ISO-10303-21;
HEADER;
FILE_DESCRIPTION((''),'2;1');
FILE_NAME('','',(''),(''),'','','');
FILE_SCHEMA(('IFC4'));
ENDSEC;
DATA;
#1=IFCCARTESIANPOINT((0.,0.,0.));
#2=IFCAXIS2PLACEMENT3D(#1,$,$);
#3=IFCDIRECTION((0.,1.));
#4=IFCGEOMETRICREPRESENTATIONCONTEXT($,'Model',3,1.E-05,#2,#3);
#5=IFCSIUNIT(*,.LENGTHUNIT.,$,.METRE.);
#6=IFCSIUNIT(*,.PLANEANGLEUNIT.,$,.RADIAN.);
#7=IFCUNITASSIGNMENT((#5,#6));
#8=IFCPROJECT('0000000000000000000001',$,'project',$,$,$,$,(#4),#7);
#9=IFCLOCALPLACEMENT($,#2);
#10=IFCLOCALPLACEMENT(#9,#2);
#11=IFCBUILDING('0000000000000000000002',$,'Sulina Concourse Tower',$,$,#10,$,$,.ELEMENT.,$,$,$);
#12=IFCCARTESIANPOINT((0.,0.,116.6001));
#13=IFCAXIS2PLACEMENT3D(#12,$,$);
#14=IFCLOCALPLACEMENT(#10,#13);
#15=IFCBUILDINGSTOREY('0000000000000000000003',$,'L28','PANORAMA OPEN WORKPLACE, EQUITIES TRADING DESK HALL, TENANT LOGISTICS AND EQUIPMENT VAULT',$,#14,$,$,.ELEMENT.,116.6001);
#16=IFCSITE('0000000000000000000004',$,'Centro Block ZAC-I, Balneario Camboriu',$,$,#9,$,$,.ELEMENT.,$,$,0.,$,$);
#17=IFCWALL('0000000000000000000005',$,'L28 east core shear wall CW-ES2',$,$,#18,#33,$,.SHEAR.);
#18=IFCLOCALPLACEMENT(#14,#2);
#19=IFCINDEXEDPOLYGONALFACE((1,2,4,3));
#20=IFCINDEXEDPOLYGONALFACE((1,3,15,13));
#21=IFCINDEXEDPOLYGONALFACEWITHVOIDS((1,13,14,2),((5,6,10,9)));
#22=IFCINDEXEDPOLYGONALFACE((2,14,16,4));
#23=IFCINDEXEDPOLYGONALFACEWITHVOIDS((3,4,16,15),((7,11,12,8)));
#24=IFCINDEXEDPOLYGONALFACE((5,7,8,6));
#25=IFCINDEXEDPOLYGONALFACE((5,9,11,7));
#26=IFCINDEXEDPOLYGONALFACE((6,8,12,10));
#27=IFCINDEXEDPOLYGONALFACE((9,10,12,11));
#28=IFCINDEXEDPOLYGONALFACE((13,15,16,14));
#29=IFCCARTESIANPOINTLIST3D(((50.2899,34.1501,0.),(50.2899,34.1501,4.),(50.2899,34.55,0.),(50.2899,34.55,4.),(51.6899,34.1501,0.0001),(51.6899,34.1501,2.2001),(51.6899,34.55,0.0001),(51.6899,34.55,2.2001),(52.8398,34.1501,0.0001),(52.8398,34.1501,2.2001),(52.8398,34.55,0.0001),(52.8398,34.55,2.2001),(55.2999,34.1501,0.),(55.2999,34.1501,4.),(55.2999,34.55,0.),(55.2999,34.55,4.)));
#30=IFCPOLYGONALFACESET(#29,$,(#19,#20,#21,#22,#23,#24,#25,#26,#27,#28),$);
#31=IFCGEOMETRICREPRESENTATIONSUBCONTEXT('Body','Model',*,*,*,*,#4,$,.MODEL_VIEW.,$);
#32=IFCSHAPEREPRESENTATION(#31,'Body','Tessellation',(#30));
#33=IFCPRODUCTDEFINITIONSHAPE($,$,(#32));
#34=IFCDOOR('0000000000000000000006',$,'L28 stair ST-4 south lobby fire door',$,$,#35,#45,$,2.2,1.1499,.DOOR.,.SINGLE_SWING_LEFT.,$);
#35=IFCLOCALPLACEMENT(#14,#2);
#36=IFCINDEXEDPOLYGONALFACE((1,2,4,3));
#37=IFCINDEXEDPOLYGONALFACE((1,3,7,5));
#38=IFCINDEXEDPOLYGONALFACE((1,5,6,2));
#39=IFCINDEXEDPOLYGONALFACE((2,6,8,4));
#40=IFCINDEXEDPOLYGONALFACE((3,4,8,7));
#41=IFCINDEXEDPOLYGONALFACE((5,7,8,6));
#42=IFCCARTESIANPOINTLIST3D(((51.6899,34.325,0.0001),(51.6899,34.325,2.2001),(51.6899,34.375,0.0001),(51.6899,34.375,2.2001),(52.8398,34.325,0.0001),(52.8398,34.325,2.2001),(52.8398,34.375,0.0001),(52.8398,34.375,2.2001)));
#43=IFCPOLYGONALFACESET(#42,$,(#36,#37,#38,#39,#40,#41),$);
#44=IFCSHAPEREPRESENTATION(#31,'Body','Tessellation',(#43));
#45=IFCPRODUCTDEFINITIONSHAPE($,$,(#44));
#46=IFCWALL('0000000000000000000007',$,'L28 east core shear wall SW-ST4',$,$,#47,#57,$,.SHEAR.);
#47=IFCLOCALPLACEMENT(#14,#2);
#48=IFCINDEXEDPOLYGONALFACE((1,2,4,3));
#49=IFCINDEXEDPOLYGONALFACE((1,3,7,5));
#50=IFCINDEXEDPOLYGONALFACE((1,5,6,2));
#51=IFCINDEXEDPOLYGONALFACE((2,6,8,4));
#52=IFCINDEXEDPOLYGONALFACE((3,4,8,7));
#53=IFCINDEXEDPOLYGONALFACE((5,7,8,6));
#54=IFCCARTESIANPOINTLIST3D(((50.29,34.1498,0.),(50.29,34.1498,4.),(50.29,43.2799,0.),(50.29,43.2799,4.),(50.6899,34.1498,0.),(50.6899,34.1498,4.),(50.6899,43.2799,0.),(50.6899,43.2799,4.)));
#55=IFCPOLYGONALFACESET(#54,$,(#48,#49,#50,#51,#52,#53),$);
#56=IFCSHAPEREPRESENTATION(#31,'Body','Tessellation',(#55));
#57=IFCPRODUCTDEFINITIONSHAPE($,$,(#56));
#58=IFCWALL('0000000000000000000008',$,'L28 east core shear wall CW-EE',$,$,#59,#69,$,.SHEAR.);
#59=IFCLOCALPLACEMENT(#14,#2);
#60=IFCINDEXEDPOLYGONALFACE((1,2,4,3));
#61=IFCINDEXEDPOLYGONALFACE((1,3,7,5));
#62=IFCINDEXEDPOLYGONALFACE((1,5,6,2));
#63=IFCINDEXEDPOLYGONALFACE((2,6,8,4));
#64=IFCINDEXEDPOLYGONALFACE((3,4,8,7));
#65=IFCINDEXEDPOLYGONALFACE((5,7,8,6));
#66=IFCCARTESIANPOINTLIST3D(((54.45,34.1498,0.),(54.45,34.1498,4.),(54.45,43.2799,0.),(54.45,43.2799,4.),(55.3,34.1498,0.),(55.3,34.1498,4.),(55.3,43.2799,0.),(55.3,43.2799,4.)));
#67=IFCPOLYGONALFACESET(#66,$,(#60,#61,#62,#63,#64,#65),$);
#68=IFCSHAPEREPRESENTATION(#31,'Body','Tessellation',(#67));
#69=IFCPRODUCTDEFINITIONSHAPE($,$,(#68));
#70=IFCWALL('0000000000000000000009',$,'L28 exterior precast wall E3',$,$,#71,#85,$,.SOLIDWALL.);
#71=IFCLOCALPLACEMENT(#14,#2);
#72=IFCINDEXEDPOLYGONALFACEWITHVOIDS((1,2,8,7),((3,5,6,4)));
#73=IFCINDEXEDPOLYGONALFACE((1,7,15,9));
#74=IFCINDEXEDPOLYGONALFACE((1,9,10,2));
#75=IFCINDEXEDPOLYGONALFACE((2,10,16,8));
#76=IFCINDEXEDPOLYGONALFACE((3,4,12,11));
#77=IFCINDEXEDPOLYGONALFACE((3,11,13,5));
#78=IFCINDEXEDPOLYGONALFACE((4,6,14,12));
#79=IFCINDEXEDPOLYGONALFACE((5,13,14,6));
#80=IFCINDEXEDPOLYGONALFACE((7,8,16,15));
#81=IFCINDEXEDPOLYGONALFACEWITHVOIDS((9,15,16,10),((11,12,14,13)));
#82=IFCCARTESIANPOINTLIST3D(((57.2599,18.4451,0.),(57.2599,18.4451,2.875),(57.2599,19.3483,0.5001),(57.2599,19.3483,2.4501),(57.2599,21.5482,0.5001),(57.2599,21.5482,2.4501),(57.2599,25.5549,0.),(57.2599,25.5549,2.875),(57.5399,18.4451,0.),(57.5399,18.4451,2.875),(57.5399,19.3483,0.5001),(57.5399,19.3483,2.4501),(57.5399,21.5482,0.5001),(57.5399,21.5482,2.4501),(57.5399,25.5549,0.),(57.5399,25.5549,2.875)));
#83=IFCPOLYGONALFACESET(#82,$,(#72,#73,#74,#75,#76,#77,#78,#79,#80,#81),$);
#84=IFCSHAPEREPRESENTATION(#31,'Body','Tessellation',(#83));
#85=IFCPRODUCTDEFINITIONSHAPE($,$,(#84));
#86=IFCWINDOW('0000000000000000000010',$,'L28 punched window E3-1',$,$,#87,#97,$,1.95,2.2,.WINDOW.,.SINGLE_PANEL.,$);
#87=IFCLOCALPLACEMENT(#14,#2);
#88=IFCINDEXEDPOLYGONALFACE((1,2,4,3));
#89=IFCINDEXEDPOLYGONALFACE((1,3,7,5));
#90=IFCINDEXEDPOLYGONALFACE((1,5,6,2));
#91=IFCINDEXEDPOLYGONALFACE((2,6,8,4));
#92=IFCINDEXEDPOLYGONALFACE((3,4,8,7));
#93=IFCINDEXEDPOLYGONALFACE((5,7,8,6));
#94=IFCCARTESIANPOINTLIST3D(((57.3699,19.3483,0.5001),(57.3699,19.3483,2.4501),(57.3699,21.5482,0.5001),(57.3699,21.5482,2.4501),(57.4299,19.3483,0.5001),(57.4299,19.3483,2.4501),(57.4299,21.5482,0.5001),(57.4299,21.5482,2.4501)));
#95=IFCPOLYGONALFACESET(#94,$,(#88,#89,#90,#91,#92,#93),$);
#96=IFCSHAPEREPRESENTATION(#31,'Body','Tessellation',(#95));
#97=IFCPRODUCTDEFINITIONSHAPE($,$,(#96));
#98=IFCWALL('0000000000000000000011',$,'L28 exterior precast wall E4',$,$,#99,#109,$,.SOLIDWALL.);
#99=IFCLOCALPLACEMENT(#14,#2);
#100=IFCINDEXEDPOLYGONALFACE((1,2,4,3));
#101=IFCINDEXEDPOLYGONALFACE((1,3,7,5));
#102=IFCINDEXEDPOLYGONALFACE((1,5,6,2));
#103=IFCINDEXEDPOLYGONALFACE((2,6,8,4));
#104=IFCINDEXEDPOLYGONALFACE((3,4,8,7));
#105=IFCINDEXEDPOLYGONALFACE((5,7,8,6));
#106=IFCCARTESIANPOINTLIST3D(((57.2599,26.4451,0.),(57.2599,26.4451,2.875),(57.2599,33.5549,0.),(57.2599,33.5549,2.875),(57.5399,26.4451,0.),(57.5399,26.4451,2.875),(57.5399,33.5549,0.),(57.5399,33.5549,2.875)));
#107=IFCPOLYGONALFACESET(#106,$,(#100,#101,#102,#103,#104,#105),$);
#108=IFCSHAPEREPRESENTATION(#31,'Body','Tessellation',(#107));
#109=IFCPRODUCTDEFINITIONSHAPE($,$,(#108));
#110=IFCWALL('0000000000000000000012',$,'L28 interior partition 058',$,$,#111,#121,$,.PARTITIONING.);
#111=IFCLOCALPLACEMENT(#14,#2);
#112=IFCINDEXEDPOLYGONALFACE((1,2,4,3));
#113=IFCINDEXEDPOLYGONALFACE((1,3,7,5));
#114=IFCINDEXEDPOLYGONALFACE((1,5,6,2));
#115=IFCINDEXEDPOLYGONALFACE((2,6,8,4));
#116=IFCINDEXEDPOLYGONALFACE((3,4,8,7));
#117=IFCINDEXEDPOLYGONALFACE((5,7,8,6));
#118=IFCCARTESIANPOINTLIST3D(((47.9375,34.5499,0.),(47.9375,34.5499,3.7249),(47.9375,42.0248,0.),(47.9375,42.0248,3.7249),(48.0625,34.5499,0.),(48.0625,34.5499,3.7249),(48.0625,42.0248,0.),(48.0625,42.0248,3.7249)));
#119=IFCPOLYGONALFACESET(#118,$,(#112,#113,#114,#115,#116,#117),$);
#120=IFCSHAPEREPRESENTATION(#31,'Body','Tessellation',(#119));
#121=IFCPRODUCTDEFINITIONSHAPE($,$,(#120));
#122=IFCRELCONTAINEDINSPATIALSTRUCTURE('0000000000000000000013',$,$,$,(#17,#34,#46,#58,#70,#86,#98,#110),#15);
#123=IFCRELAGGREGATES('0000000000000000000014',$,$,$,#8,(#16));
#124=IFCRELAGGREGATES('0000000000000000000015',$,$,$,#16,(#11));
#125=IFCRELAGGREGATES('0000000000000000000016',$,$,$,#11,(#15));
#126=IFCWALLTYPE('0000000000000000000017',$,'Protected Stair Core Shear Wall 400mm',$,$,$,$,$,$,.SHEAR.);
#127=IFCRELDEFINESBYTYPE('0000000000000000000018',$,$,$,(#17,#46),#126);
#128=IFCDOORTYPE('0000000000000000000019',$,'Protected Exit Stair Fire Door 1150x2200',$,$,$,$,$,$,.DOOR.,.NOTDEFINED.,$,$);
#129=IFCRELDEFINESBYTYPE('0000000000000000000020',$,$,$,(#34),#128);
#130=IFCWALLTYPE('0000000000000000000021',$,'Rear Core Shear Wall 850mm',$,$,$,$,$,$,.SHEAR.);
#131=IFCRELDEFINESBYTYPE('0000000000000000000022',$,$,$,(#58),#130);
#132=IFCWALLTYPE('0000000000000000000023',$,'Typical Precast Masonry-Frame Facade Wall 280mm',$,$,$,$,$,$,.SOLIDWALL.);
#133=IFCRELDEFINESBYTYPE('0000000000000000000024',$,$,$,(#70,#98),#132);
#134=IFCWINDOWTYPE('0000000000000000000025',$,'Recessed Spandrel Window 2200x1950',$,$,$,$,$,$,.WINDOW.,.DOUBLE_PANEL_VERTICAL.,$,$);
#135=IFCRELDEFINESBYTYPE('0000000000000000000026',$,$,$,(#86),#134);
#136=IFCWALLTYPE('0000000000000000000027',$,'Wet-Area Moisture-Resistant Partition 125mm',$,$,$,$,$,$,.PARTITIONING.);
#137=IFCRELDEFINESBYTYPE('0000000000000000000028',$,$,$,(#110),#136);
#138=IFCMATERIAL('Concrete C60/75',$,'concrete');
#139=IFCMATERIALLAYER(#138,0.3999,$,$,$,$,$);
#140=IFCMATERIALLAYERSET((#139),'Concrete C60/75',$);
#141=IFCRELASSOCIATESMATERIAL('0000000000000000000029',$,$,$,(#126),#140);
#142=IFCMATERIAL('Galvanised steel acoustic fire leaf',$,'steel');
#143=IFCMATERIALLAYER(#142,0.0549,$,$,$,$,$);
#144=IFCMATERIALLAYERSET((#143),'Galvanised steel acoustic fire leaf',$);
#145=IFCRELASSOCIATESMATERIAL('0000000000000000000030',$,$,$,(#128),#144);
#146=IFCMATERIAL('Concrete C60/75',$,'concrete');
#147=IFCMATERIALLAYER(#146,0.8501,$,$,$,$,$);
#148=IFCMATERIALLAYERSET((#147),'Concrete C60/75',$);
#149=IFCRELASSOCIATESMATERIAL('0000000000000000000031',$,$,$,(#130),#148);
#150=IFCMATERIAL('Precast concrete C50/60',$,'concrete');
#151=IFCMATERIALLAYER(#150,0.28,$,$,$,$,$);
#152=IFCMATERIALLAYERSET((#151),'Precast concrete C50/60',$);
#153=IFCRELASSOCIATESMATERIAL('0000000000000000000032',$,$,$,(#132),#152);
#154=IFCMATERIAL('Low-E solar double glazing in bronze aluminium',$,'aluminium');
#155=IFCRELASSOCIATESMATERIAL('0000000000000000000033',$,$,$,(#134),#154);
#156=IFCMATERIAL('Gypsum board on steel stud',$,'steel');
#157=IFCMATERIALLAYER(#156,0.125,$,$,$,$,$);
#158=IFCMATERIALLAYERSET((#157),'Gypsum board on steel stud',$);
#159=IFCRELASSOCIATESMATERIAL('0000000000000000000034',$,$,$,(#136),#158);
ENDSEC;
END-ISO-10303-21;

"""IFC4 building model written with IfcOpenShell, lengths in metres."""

from ifc_helpers import new_model, si_unit, direction, frame, frame_2d, origin, place, context, subcontext, project, spatial, rectangle, extrude, material, layer, layer_set, type_object, element, fill, save


model = new_model("IFC4")

# Units and contexts
model_context = context("Model", 3, precision=1e-05, world=origin(), true_north=direction((0.0, 1.0)))
body_context = subcontext(model_context, "Body", "Model", "MODEL_VIEW")
ifc_project = project(units=[si_unit("LENGTHUNIT", "METRE"), si_unit("PLANEANGLEUNIT", "RADIAN")], contexts=[model_context])

# Site, building, storey
site_placement = place(None, origin())
site = spatial("IfcSite", under=ifc_project, at=site_placement, Name="Centro Block ZAC-I, Balneario Camboriu", CompositionType="ELEMENT", RefElevation=0.0)
building_placement = place(site_placement, origin())
building = spatial("IfcBuilding", under=site, at=building_placement, Name="Sulina Concourse Tower", CompositionType="ELEMENT")
storey_placement = place(building_placement, frame((0.0, 0.0, 116.6001)))
storey = spatial("IfcBuildingStorey", under=building, at=storey_placement, Name="L28", Description="PANORAMA OPEN WORKPLACE, EQUITIES TRADING DESK HALL, TENANT LOGISTICS AND EQUIPMENT VAULT", CompositionType="ELEMENT", Elevation=116.6001)

# Shared definitions
ifc_material_1 = material(Name="Concrete C60/75", Category="concrete")
ifc_layer_1 = layer(ifc_material_1, 0.3999)
ifc_layer_set_1 = layer_set([ifc_layer_1], Name="Concrete C60/75")
wall_type_1 = type_object("IfcWallType", Name="Protected Stair Core Shear Wall 400mm", PredefinedType="SHEAR", material=ifc_layer_set_1)

# Wall, opening, door
wall_1_placement = place(storey_placement, frame((50.29, 34.3501, 0.0), z_axis=(0.0, 0.0, 1.0), x_axis=(1.0, 0.0, 0.0)))
wall_1 = element("IfcWall", 1, at=wall_1_placement, inside=storey, type_object=wall_type_1, Name="L28 east core shear wall CW-ES2", PredefinedType="SHEAR", context=body_context, shape_type="SweptSolid", body=[
    extrude(rectangle(XDim=5.01, YDim=0.3999, at=frame_2d((2.5049, 0.0))), origin(), (0.0, 0.0, 1.0), 4.0),
])
opening_1_placement = place(wall_1_placement, frame((1.3999, 0.0, 0.0)))
opening_1 = element("IfcOpeningElement", 2, at=opening_1_placement, cuts=wall_1, PredefinedType="OPENING", context=body_context, shape_type="SweptSolid", body=[
    extrude(rectangle(XDim=1.1499, YDim=2.2, at=frame_2d((0.575, 1.1001))), frame((0.0, 0.21, 0.0), z_axis=(0.0, -1.0, 0.0), x_axis=(1.0, 0.0, 0.0)), (0.0, 0.0, 1.0), 0.4199),
])
ifc_material_2 = material(Name="Galvanised steel acoustic fire leaf", Category="steel")
ifc_layer_2 = layer(ifc_material_2, 0.0549)
ifc_layer_set_2 = layer_set([ifc_layer_2], Name="Galvanised steel acoustic fire leaf")
door_type_1 = type_object("IfcDoorType", Name="Protected Exit Stair Fire Door 1150x2200", OperationType="NOTDEFINED", PredefinedType="DOOR", material=ifc_layer_set_2)
door_1_placement = place(opening_1_placement, origin())
door_1 = element("IfcDoor", 3, at=door_1_placement, inside=storey, type_object=door_type_1, Name="L28 stair ST-4 south lobby fire door", OperationType="SINGLE_SWING_LEFT", OverallHeight=2.2, OverallWidth=1.1499, PredefinedType="DOOR", context=body_context, shape_type="SweptSolid", body=[
    extrude(rectangle(XDim=1.1499, YDim=2.2, at=frame_2d((0.575, 1.1001))), frame((0.0, 0.0249, 0.0), z_axis=(0.0, -1.0, 0.0), x_axis=(1.0, 0.0, 0.0)), (0.0, 0.0, 1.0), 0.05),
])
fill(opening_1, door_1)

# Walls
wall_2_placement = place(storey_placement, frame((50.49, 34.1499, 0.0), z_axis=(0.0, 0.0, 1.0), x_axis=(0.0, 1.0, 0.0)))
element("IfcWall", 4, at=wall_2_placement, inside=storey, type_object=wall_type_1, Name="L28 east core shear wall SW-ST4", PredefinedType="SHEAR", context=body_context, shape_type="SweptSolid", body=[
    extrude(rectangle(XDim=9.1301, YDim=0.3999, at=frame_2d((4.5649, 0.0))), origin(), (0.0, 0.0, 1.0), 4.0),
])
ifc_material_3 = material(Name="Concrete C60/75", Category="concrete")
ifc_layer_3 = layer(ifc_material_3, 0.8501)
ifc_layer_set_3 = layer_set([ifc_layer_3], Name="Concrete C60/75")
wall_type_2 = type_object("IfcWallType", Name="Rear Core Shear Wall 850mm", PredefinedType="SHEAR", material=ifc_layer_set_3)
wall_3_placement = place(storey_placement, frame((54.875, 34.1499, 0.0), z_axis=(0.0, 0.0, 1.0), x_axis=(0.0, 1.0, 0.0)))
element("IfcWall", 5, at=wall_3_placement, inside=storey, type_object=wall_type_2, Name="L28 east core shear wall CW-EE", PredefinedType="SHEAR", context=body_context, shape_type="SweptSolid", body=[
    extrude(rectangle(XDim=9.1301, YDim=0.8501, at=frame_2d((4.5649, 0.0))), origin(), (0.0, 0.0, 1.0), 4.0),
])

# Wall, opening, window
ifc_material_4 = material(Name="Precast concrete C50/60", Category="concrete")
ifc_layer_4 = layer(ifc_material_4, 0.28)
ifc_layer_set_4 = layer_set([ifc_layer_4], Name="Precast concrete C50/60")
wall_type_3 = type_object("IfcWallType", Name="Typical Precast Masonry-Frame Facade Wall 280mm", PredefinedType="SOLIDWALL", material=ifc_layer_set_4)
wall_4_placement = place(storey_placement, frame((57.3999, 25.5549, 0.0), z_axis=(0.0, 0.0, 1.0), x_axis=(0.0, -1.0, 0.0)))
wall_4 = element("IfcWall", 6, at=wall_4_placement, inside=storey, type_object=wall_type_3, Name="L28 exterior precast wall E3", PredefinedType="SOLIDWALL", context=body_context, shape_type="SweptSolid", body=[
    extrude(rectangle(XDim=7.1099, YDim=0.28, at=frame_2d((3.5549, 0.0))), origin(), (0.0, 0.0, 1.0), 2.875),
])
opening_2_placement = place(wall_4_placement, frame((4.0066, 0.0, 0.5)))
opening_2 = element("IfcOpeningElement", 7, at=opening_2_placement, cuts=wall_4, PredefinedType="OPENING", context=body_context, shape_type="SweptSolid", body=[
    extrude(rectangle(XDim=2.2, YDim=1.95, at=frame_2d((1.1001, 0.9751))), frame((0.0, 0.1499, 0.0), z_axis=(0.0, -1.0, 0.0), x_axis=(1.0, 0.0, 0.0)), (0.0, 0.0, 1.0), 0.3),
])
ifc_material_5 = material(Name="Low-E solar double glazing in bronze aluminium", Category="aluminium")
window_type = type_object("IfcWindowType", Name="Recessed Spandrel Window 2200x1950", PartitioningType="DOUBLE_PANEL_VERTICAL", PredefinedType="WINDOW", material=ifc_material_5)
window_placement = place(opening_2_placement, origin())
window = element("IfcWindow", 8, at=window_placement, inside=storey, type_object=window_type, Name="L28 punched window E3-1", OverallHeight=1.95, OverallWidth=2.2, PartitioningType="SINGLE_PANEL", PredefinedType="WINDOW", context=body_context, shape_type="SweptSolid", body=[
    extrude(rectangle(XDim=2.2, YDim=1.95, at=frame_2d((1.1001, 0.9751))), frame((0.0, 0.03, 0.0), z_axis=(0.0, -1.0, 0.0), x_axis=(1.0, 0.0, 0.0)), (0.0, 0.0, 1.0), 0.0601),
])
fill(opening_2, window)

# Walls
wall_5_placement = place(storey_placement, frame((57.3999, 33.5549, 0.0), z_axis=(0.0, 0.0, 1.0), x_axis=(0.0, -1.0, 0.0)))
element("IfcWall", 9, at=wall_5_placement, inside=storey, type_object=wall_type_3, Name="L28 exterior precast wall E4", PredefinedType="SOLIDWALL", context=body_context, shape_type="SweptSolid", body=[
    extrude(rectangle(XDim=7.1099, YDim=0.28, at=frame_2d((3.5549, 0.0))), origin(), (0.0, 0.0, 1.0), 2.875),
])
ifc_material_6 = material(Name="Gypsum board on steel stud", Category="steel")
ifc_layer_5 = layer(ifc_material_6, 0.125)
ifc_layer_set_5 = layer_set([ifc_layer_5], Name="Gypsum board on steel stud")
wall_type_4 = type_object("IfcWallType", Name="Wet-Area Moisture-Resistant Partition 125mm", PredefinedType="PARTITIONING", material=ifc_layer_set_5)
wall_6_placement = place(storey_placement, frame((48.0, 34.55, 0.0), z_axis=(0.0, 0.0, 1.0), x_axis=(0.0, 1.0, 0.0)))
element("IfcWall", 10, at=wall_6_placement, inside=storey, type_object=wall_type_4, Name="L28 interior partition 058", PredefinedType="PARTITIONING", context=body_context, shape_type="SweptSolid", body=[
    extrude(rectangle(XDim=7.4749, YDim=0.125, at=frame_2d((3.7373, 0.0))), origin(), (0.0, 0.0, 1.0), 3.7249),
])

save(model, "model.ifc")
